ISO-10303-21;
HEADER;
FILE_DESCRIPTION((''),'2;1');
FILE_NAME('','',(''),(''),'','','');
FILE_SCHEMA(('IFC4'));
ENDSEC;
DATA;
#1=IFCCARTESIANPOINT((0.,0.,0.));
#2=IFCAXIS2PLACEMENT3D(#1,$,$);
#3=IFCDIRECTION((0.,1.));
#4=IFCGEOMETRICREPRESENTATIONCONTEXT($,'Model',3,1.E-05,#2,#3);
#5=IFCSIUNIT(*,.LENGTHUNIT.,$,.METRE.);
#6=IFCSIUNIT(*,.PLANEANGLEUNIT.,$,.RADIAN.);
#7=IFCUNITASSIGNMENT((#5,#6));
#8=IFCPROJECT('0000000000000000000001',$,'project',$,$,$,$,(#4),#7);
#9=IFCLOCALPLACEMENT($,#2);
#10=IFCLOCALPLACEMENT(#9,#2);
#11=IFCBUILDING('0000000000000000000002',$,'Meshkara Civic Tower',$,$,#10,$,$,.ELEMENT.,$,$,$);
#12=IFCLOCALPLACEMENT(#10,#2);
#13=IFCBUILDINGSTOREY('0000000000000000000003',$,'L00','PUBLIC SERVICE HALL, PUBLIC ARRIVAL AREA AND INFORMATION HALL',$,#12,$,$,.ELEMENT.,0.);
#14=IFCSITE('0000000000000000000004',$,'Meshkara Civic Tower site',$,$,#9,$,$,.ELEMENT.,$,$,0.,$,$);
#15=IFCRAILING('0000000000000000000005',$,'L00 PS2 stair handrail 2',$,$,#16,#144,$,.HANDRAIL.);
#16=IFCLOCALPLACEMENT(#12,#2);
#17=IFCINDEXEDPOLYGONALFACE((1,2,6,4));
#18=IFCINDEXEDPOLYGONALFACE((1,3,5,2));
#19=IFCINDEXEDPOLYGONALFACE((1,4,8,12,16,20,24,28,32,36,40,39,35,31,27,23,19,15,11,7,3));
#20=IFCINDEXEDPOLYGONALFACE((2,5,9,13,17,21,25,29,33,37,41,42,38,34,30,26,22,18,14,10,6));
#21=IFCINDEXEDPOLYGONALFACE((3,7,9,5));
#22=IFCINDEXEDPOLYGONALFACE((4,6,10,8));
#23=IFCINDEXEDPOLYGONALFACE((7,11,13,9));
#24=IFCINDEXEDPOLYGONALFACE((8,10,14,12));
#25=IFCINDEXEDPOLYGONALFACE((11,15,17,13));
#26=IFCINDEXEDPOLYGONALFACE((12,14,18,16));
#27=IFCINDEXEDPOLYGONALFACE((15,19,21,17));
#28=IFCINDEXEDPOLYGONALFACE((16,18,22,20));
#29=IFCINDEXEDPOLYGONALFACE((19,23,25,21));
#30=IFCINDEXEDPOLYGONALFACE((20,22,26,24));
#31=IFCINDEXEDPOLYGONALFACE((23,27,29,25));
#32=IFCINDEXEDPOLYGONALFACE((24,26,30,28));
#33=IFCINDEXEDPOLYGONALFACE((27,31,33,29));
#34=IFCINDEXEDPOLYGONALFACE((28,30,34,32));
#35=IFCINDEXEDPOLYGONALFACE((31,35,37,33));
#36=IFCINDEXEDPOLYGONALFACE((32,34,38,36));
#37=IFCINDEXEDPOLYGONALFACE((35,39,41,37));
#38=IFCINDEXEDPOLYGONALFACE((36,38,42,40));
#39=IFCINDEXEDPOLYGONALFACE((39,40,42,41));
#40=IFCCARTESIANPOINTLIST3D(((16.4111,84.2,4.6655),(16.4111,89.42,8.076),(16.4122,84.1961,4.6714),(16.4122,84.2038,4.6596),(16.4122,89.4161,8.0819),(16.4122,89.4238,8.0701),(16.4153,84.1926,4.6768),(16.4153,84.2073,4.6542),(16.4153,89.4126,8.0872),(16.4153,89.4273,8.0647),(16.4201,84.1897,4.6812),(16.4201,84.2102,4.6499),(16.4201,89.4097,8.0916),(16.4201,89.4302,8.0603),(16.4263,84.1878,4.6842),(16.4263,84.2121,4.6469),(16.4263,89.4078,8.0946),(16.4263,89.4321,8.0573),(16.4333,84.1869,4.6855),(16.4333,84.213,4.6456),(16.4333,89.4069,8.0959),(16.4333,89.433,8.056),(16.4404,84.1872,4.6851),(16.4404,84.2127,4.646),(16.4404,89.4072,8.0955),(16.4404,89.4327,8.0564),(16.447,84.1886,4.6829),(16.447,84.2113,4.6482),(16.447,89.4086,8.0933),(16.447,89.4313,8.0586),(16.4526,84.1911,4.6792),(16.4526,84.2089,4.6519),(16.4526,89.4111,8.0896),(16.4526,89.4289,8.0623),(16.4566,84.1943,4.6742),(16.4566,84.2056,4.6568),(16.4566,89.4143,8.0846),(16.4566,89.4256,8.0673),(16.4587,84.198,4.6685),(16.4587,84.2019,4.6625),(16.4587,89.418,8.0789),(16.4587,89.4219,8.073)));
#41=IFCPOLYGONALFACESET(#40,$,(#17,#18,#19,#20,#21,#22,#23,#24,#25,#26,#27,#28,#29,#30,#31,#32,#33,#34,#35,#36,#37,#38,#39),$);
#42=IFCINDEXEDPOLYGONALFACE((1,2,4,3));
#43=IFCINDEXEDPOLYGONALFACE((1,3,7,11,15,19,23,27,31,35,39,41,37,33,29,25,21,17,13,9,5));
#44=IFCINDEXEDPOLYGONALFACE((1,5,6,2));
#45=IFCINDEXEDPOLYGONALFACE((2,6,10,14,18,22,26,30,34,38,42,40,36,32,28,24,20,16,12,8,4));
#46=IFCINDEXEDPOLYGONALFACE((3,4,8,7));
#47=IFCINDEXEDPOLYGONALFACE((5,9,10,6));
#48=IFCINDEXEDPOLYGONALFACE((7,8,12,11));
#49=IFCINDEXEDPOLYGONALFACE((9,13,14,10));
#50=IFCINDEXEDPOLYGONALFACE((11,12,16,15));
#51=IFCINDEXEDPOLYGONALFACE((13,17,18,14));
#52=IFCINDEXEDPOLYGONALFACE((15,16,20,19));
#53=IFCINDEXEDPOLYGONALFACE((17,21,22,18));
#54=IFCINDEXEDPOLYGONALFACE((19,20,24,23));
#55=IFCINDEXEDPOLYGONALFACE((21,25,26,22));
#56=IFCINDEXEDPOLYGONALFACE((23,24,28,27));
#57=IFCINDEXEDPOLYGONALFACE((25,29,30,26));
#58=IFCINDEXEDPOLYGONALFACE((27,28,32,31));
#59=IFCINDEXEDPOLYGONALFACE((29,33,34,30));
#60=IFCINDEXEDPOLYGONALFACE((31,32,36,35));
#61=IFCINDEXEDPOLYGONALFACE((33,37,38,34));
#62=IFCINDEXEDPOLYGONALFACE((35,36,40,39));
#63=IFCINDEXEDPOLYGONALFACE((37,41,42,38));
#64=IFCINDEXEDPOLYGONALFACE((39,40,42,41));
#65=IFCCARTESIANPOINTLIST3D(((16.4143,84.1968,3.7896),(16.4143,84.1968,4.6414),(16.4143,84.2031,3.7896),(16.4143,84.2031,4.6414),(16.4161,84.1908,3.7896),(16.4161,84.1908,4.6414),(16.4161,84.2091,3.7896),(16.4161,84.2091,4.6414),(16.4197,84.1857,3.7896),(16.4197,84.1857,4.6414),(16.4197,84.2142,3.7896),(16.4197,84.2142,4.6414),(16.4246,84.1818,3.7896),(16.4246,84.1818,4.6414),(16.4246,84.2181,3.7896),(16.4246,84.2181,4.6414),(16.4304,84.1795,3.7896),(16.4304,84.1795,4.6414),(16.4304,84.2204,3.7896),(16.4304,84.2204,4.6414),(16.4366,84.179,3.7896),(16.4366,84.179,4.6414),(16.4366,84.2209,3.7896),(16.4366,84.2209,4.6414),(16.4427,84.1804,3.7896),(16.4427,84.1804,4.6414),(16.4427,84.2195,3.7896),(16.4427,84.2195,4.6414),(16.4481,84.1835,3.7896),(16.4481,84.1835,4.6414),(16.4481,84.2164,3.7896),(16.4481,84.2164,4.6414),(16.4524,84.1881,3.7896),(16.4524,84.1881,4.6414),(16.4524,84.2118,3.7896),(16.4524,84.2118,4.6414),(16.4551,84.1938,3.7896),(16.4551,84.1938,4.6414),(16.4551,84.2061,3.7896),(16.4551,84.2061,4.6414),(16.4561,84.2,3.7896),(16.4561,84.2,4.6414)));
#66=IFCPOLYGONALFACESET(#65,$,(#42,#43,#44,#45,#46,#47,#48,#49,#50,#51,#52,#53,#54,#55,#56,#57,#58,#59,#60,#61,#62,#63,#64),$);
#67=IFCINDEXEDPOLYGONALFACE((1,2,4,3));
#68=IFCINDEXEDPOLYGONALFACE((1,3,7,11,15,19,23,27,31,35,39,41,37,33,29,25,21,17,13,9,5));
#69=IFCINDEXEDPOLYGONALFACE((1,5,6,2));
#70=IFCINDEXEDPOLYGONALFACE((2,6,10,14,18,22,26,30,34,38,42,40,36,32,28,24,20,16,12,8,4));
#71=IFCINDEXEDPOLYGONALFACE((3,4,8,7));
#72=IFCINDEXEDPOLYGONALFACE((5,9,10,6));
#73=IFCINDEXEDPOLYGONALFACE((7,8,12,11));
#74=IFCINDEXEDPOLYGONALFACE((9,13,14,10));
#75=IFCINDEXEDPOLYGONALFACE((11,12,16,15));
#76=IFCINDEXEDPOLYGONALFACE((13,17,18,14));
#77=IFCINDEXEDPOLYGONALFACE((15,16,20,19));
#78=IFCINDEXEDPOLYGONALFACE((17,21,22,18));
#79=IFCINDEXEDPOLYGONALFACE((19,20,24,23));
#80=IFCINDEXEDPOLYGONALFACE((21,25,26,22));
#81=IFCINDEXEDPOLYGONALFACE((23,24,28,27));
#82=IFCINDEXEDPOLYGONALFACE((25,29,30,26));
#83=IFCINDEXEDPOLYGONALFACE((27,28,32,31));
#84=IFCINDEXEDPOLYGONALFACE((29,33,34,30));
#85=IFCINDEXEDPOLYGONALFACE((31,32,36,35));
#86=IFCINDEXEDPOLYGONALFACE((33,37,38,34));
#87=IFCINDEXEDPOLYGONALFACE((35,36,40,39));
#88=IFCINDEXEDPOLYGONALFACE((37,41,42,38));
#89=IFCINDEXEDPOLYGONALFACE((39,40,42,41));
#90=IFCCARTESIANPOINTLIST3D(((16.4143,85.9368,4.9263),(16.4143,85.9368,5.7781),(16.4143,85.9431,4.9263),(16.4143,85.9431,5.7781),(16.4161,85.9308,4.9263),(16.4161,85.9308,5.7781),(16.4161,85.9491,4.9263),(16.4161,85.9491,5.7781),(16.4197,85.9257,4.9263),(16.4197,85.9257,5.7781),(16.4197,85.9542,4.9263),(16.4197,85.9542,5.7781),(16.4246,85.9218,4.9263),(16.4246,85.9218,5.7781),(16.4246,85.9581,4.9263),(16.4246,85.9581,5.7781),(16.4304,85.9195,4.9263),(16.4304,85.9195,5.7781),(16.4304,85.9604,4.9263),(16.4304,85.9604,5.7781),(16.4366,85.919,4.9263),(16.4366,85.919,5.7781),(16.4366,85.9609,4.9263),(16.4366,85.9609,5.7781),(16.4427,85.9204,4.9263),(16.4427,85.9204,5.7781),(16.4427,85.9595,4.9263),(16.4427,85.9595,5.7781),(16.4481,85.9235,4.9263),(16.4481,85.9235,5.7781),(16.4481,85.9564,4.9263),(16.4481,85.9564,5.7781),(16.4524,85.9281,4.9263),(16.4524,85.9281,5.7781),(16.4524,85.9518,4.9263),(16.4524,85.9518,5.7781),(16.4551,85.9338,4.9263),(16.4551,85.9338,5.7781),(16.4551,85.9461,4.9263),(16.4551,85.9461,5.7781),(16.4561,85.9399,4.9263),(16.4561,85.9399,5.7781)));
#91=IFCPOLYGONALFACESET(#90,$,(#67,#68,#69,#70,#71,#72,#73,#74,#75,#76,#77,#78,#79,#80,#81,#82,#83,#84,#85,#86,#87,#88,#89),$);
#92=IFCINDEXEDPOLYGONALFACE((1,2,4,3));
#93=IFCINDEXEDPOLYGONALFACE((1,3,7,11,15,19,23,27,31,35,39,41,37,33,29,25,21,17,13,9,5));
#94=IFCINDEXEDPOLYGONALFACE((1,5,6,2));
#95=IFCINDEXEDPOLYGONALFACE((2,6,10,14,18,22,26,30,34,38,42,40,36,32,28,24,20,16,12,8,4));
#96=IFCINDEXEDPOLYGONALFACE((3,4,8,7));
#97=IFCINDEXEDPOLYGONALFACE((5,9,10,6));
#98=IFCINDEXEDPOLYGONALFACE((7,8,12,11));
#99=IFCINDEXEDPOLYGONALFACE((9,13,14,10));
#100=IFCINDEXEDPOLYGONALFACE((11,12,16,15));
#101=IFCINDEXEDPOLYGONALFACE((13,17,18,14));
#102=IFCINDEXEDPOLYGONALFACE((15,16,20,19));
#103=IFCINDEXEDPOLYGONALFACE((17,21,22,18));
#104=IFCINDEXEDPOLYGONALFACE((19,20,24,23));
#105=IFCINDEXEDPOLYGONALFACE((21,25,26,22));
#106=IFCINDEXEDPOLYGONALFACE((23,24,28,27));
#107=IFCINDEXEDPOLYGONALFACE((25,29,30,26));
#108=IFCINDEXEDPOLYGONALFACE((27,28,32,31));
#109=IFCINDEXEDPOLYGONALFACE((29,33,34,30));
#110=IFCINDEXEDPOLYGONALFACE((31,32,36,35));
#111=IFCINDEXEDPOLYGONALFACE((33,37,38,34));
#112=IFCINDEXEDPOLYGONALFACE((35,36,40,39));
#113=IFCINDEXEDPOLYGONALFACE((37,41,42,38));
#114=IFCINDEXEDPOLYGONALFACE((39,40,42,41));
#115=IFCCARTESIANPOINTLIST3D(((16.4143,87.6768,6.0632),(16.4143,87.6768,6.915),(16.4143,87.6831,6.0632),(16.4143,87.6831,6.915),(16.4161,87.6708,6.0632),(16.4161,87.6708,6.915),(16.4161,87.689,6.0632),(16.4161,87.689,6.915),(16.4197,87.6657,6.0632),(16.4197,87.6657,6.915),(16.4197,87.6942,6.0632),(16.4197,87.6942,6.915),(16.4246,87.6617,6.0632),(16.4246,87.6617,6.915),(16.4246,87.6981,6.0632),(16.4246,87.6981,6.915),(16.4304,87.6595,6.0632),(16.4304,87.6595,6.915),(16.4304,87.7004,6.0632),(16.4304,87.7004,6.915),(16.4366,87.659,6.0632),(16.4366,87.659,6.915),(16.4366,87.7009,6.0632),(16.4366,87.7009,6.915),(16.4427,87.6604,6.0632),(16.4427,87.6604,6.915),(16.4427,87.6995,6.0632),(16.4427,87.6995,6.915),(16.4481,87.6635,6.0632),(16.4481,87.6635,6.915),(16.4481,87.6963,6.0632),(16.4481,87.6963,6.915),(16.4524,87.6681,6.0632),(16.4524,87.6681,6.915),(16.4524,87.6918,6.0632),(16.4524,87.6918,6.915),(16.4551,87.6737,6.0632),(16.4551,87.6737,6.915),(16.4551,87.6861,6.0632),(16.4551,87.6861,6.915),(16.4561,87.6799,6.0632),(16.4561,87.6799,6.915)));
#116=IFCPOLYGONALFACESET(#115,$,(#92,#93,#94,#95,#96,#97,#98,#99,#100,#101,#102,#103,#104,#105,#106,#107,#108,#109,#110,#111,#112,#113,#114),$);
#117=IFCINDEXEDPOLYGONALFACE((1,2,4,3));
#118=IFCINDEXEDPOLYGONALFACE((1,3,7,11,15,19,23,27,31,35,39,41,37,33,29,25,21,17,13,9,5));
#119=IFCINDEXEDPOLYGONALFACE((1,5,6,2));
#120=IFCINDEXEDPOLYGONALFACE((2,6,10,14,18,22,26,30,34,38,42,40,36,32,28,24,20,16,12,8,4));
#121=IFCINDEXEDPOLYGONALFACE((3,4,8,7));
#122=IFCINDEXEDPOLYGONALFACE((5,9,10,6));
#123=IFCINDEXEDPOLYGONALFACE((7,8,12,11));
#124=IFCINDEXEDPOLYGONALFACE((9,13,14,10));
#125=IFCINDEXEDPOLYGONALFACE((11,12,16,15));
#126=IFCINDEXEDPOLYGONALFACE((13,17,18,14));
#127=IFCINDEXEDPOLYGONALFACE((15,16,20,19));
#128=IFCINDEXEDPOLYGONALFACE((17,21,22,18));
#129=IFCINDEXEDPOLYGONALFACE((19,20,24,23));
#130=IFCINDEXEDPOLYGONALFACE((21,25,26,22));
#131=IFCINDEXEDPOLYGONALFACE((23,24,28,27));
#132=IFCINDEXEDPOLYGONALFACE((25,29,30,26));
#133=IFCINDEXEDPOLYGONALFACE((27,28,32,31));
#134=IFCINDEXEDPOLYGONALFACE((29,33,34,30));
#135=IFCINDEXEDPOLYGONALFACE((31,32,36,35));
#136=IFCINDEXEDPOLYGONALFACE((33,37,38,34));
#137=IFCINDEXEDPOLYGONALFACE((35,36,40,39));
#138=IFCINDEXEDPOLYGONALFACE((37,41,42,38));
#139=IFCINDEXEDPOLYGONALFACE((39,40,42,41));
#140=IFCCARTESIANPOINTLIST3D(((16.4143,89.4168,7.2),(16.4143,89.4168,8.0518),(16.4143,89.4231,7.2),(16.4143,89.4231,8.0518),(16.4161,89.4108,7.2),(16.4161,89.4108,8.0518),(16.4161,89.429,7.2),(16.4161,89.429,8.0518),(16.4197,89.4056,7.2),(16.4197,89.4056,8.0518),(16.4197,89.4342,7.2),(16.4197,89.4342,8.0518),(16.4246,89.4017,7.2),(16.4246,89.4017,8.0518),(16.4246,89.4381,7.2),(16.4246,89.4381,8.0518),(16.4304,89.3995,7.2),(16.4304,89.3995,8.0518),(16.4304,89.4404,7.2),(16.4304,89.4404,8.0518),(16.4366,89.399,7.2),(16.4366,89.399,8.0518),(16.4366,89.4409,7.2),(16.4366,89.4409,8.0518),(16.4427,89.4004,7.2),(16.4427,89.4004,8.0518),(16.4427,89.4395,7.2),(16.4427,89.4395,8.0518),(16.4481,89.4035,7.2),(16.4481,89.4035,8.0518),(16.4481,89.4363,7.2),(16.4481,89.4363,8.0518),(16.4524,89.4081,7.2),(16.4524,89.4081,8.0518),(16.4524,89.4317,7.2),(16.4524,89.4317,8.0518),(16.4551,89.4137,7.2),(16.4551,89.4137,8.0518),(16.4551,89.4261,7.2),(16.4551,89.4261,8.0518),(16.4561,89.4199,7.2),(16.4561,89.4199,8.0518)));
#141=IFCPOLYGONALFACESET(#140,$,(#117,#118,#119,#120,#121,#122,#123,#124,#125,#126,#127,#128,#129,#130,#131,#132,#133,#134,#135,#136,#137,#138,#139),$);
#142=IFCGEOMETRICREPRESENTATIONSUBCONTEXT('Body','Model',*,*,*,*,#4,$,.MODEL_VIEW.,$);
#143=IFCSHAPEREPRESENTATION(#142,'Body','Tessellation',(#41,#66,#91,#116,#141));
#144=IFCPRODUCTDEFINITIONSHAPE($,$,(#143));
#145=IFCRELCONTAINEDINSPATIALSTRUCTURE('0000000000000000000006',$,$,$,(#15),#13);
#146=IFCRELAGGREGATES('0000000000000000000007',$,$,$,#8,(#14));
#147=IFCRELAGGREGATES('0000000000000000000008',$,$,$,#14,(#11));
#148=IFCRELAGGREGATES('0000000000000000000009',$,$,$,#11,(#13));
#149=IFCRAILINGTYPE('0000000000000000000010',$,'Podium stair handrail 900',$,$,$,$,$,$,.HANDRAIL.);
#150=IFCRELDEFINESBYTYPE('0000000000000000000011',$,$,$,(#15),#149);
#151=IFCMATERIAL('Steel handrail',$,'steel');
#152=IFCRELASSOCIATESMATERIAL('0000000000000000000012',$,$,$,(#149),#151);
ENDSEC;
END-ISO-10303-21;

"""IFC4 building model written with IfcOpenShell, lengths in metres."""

from ifc_helpers import new_model, si_unit, direction, frame, origin, origin_2d, place, context, subcontext, project, spatial, circle, extrude, material, type_object, element, save


model = new_model("IFC4")

# Units and contexts
model_context = context("Model", 3, precision=1e-05, world=origin(), true_north=direction((0.0, 1.0)))
body_context = subcontext(model_context, "Body", "Model", "MODEL_VIEW")
ifc_project = project(units=[si_unit("LENGTHUNIT", "METRE"), si_unit("PLANEANGLEUNIT", "RADIAN")], contexts=[model_context])

# Site, building, storey
site_placement = place(None, origin())
site = spatial("IfcSite", under=ifc_project, at=site_placement, Name="Meshkara Civic Tower site", CompositionType="ELEMENT", RefElevation=0.0)
building_placement = place(site_placement, origin())
building = spatial("IfcBuilding", under=site, at=building_placement, Name="Meshkara Civic Tower", CompositionType="ELEMENT")
storey_placement = place(building_placement, origin())
storey = spatial("IfcBuildingStorey", under=building, at=storey_placement, Name="L00", Description="PUBLIC SERVICE HALL, PUBLIC ARRIVAL AREA AND INFORMATION HALL", CompositionType="ELEMENT", Elevation=0.0)

# Railing
ifc_material_1 = material(Name="Steel handrail", Category="steel")
railing_type_1 = type_object("IfcRailingType", Name="Podium stair handrail 900", PredefinedType="HANDRAIL", material=ifc_material_1)
railing_1_placement = place(storey_placement, frame((16.4351, 84.2, 3.7896)))
element("IfcRailing", 1, at=railing_1_placement, inside=storey, type_object=railing_type_1, Name="L00 PS2 stair handrail 2", PredefinedType="HANDRAIL", context=body_context, shape_type="SweptSolid", body=[
    extrude(circle(Radius=0.0239, at=origin_2d()), frame((0.0, 0.0, 0.876), z_axis=(0.0, 0.837165, 0.546951), x_axis=(-1.0, 0.0, 0.0)), (0.0, 0.0, 1.0), 6.2354),
    extrude(circle(Radius=0.021, at=origin_2d()), origin(), (0.0, 0.0, 1.0), 0.8518),
    extrude(circle(Radius=0.021, at=origin_2d()), frame((0.0, 1.74, 1.1367)), (0.0, 0.0, 1.0), 0.8518),
    extrude(circle(Radius=0.021, at=origin_2d()), frame((0.0, 3.48, 2.2737)), (0.0, 0.0, 1.0), 0.8518),
    extrude(circle(Radius=0.021, at=origin_2d()), frame((0.0, 5.22, 3.4104)), (0.0, 0.0, 1.0), 0.8518),
])

save(model, "model.ifc")
